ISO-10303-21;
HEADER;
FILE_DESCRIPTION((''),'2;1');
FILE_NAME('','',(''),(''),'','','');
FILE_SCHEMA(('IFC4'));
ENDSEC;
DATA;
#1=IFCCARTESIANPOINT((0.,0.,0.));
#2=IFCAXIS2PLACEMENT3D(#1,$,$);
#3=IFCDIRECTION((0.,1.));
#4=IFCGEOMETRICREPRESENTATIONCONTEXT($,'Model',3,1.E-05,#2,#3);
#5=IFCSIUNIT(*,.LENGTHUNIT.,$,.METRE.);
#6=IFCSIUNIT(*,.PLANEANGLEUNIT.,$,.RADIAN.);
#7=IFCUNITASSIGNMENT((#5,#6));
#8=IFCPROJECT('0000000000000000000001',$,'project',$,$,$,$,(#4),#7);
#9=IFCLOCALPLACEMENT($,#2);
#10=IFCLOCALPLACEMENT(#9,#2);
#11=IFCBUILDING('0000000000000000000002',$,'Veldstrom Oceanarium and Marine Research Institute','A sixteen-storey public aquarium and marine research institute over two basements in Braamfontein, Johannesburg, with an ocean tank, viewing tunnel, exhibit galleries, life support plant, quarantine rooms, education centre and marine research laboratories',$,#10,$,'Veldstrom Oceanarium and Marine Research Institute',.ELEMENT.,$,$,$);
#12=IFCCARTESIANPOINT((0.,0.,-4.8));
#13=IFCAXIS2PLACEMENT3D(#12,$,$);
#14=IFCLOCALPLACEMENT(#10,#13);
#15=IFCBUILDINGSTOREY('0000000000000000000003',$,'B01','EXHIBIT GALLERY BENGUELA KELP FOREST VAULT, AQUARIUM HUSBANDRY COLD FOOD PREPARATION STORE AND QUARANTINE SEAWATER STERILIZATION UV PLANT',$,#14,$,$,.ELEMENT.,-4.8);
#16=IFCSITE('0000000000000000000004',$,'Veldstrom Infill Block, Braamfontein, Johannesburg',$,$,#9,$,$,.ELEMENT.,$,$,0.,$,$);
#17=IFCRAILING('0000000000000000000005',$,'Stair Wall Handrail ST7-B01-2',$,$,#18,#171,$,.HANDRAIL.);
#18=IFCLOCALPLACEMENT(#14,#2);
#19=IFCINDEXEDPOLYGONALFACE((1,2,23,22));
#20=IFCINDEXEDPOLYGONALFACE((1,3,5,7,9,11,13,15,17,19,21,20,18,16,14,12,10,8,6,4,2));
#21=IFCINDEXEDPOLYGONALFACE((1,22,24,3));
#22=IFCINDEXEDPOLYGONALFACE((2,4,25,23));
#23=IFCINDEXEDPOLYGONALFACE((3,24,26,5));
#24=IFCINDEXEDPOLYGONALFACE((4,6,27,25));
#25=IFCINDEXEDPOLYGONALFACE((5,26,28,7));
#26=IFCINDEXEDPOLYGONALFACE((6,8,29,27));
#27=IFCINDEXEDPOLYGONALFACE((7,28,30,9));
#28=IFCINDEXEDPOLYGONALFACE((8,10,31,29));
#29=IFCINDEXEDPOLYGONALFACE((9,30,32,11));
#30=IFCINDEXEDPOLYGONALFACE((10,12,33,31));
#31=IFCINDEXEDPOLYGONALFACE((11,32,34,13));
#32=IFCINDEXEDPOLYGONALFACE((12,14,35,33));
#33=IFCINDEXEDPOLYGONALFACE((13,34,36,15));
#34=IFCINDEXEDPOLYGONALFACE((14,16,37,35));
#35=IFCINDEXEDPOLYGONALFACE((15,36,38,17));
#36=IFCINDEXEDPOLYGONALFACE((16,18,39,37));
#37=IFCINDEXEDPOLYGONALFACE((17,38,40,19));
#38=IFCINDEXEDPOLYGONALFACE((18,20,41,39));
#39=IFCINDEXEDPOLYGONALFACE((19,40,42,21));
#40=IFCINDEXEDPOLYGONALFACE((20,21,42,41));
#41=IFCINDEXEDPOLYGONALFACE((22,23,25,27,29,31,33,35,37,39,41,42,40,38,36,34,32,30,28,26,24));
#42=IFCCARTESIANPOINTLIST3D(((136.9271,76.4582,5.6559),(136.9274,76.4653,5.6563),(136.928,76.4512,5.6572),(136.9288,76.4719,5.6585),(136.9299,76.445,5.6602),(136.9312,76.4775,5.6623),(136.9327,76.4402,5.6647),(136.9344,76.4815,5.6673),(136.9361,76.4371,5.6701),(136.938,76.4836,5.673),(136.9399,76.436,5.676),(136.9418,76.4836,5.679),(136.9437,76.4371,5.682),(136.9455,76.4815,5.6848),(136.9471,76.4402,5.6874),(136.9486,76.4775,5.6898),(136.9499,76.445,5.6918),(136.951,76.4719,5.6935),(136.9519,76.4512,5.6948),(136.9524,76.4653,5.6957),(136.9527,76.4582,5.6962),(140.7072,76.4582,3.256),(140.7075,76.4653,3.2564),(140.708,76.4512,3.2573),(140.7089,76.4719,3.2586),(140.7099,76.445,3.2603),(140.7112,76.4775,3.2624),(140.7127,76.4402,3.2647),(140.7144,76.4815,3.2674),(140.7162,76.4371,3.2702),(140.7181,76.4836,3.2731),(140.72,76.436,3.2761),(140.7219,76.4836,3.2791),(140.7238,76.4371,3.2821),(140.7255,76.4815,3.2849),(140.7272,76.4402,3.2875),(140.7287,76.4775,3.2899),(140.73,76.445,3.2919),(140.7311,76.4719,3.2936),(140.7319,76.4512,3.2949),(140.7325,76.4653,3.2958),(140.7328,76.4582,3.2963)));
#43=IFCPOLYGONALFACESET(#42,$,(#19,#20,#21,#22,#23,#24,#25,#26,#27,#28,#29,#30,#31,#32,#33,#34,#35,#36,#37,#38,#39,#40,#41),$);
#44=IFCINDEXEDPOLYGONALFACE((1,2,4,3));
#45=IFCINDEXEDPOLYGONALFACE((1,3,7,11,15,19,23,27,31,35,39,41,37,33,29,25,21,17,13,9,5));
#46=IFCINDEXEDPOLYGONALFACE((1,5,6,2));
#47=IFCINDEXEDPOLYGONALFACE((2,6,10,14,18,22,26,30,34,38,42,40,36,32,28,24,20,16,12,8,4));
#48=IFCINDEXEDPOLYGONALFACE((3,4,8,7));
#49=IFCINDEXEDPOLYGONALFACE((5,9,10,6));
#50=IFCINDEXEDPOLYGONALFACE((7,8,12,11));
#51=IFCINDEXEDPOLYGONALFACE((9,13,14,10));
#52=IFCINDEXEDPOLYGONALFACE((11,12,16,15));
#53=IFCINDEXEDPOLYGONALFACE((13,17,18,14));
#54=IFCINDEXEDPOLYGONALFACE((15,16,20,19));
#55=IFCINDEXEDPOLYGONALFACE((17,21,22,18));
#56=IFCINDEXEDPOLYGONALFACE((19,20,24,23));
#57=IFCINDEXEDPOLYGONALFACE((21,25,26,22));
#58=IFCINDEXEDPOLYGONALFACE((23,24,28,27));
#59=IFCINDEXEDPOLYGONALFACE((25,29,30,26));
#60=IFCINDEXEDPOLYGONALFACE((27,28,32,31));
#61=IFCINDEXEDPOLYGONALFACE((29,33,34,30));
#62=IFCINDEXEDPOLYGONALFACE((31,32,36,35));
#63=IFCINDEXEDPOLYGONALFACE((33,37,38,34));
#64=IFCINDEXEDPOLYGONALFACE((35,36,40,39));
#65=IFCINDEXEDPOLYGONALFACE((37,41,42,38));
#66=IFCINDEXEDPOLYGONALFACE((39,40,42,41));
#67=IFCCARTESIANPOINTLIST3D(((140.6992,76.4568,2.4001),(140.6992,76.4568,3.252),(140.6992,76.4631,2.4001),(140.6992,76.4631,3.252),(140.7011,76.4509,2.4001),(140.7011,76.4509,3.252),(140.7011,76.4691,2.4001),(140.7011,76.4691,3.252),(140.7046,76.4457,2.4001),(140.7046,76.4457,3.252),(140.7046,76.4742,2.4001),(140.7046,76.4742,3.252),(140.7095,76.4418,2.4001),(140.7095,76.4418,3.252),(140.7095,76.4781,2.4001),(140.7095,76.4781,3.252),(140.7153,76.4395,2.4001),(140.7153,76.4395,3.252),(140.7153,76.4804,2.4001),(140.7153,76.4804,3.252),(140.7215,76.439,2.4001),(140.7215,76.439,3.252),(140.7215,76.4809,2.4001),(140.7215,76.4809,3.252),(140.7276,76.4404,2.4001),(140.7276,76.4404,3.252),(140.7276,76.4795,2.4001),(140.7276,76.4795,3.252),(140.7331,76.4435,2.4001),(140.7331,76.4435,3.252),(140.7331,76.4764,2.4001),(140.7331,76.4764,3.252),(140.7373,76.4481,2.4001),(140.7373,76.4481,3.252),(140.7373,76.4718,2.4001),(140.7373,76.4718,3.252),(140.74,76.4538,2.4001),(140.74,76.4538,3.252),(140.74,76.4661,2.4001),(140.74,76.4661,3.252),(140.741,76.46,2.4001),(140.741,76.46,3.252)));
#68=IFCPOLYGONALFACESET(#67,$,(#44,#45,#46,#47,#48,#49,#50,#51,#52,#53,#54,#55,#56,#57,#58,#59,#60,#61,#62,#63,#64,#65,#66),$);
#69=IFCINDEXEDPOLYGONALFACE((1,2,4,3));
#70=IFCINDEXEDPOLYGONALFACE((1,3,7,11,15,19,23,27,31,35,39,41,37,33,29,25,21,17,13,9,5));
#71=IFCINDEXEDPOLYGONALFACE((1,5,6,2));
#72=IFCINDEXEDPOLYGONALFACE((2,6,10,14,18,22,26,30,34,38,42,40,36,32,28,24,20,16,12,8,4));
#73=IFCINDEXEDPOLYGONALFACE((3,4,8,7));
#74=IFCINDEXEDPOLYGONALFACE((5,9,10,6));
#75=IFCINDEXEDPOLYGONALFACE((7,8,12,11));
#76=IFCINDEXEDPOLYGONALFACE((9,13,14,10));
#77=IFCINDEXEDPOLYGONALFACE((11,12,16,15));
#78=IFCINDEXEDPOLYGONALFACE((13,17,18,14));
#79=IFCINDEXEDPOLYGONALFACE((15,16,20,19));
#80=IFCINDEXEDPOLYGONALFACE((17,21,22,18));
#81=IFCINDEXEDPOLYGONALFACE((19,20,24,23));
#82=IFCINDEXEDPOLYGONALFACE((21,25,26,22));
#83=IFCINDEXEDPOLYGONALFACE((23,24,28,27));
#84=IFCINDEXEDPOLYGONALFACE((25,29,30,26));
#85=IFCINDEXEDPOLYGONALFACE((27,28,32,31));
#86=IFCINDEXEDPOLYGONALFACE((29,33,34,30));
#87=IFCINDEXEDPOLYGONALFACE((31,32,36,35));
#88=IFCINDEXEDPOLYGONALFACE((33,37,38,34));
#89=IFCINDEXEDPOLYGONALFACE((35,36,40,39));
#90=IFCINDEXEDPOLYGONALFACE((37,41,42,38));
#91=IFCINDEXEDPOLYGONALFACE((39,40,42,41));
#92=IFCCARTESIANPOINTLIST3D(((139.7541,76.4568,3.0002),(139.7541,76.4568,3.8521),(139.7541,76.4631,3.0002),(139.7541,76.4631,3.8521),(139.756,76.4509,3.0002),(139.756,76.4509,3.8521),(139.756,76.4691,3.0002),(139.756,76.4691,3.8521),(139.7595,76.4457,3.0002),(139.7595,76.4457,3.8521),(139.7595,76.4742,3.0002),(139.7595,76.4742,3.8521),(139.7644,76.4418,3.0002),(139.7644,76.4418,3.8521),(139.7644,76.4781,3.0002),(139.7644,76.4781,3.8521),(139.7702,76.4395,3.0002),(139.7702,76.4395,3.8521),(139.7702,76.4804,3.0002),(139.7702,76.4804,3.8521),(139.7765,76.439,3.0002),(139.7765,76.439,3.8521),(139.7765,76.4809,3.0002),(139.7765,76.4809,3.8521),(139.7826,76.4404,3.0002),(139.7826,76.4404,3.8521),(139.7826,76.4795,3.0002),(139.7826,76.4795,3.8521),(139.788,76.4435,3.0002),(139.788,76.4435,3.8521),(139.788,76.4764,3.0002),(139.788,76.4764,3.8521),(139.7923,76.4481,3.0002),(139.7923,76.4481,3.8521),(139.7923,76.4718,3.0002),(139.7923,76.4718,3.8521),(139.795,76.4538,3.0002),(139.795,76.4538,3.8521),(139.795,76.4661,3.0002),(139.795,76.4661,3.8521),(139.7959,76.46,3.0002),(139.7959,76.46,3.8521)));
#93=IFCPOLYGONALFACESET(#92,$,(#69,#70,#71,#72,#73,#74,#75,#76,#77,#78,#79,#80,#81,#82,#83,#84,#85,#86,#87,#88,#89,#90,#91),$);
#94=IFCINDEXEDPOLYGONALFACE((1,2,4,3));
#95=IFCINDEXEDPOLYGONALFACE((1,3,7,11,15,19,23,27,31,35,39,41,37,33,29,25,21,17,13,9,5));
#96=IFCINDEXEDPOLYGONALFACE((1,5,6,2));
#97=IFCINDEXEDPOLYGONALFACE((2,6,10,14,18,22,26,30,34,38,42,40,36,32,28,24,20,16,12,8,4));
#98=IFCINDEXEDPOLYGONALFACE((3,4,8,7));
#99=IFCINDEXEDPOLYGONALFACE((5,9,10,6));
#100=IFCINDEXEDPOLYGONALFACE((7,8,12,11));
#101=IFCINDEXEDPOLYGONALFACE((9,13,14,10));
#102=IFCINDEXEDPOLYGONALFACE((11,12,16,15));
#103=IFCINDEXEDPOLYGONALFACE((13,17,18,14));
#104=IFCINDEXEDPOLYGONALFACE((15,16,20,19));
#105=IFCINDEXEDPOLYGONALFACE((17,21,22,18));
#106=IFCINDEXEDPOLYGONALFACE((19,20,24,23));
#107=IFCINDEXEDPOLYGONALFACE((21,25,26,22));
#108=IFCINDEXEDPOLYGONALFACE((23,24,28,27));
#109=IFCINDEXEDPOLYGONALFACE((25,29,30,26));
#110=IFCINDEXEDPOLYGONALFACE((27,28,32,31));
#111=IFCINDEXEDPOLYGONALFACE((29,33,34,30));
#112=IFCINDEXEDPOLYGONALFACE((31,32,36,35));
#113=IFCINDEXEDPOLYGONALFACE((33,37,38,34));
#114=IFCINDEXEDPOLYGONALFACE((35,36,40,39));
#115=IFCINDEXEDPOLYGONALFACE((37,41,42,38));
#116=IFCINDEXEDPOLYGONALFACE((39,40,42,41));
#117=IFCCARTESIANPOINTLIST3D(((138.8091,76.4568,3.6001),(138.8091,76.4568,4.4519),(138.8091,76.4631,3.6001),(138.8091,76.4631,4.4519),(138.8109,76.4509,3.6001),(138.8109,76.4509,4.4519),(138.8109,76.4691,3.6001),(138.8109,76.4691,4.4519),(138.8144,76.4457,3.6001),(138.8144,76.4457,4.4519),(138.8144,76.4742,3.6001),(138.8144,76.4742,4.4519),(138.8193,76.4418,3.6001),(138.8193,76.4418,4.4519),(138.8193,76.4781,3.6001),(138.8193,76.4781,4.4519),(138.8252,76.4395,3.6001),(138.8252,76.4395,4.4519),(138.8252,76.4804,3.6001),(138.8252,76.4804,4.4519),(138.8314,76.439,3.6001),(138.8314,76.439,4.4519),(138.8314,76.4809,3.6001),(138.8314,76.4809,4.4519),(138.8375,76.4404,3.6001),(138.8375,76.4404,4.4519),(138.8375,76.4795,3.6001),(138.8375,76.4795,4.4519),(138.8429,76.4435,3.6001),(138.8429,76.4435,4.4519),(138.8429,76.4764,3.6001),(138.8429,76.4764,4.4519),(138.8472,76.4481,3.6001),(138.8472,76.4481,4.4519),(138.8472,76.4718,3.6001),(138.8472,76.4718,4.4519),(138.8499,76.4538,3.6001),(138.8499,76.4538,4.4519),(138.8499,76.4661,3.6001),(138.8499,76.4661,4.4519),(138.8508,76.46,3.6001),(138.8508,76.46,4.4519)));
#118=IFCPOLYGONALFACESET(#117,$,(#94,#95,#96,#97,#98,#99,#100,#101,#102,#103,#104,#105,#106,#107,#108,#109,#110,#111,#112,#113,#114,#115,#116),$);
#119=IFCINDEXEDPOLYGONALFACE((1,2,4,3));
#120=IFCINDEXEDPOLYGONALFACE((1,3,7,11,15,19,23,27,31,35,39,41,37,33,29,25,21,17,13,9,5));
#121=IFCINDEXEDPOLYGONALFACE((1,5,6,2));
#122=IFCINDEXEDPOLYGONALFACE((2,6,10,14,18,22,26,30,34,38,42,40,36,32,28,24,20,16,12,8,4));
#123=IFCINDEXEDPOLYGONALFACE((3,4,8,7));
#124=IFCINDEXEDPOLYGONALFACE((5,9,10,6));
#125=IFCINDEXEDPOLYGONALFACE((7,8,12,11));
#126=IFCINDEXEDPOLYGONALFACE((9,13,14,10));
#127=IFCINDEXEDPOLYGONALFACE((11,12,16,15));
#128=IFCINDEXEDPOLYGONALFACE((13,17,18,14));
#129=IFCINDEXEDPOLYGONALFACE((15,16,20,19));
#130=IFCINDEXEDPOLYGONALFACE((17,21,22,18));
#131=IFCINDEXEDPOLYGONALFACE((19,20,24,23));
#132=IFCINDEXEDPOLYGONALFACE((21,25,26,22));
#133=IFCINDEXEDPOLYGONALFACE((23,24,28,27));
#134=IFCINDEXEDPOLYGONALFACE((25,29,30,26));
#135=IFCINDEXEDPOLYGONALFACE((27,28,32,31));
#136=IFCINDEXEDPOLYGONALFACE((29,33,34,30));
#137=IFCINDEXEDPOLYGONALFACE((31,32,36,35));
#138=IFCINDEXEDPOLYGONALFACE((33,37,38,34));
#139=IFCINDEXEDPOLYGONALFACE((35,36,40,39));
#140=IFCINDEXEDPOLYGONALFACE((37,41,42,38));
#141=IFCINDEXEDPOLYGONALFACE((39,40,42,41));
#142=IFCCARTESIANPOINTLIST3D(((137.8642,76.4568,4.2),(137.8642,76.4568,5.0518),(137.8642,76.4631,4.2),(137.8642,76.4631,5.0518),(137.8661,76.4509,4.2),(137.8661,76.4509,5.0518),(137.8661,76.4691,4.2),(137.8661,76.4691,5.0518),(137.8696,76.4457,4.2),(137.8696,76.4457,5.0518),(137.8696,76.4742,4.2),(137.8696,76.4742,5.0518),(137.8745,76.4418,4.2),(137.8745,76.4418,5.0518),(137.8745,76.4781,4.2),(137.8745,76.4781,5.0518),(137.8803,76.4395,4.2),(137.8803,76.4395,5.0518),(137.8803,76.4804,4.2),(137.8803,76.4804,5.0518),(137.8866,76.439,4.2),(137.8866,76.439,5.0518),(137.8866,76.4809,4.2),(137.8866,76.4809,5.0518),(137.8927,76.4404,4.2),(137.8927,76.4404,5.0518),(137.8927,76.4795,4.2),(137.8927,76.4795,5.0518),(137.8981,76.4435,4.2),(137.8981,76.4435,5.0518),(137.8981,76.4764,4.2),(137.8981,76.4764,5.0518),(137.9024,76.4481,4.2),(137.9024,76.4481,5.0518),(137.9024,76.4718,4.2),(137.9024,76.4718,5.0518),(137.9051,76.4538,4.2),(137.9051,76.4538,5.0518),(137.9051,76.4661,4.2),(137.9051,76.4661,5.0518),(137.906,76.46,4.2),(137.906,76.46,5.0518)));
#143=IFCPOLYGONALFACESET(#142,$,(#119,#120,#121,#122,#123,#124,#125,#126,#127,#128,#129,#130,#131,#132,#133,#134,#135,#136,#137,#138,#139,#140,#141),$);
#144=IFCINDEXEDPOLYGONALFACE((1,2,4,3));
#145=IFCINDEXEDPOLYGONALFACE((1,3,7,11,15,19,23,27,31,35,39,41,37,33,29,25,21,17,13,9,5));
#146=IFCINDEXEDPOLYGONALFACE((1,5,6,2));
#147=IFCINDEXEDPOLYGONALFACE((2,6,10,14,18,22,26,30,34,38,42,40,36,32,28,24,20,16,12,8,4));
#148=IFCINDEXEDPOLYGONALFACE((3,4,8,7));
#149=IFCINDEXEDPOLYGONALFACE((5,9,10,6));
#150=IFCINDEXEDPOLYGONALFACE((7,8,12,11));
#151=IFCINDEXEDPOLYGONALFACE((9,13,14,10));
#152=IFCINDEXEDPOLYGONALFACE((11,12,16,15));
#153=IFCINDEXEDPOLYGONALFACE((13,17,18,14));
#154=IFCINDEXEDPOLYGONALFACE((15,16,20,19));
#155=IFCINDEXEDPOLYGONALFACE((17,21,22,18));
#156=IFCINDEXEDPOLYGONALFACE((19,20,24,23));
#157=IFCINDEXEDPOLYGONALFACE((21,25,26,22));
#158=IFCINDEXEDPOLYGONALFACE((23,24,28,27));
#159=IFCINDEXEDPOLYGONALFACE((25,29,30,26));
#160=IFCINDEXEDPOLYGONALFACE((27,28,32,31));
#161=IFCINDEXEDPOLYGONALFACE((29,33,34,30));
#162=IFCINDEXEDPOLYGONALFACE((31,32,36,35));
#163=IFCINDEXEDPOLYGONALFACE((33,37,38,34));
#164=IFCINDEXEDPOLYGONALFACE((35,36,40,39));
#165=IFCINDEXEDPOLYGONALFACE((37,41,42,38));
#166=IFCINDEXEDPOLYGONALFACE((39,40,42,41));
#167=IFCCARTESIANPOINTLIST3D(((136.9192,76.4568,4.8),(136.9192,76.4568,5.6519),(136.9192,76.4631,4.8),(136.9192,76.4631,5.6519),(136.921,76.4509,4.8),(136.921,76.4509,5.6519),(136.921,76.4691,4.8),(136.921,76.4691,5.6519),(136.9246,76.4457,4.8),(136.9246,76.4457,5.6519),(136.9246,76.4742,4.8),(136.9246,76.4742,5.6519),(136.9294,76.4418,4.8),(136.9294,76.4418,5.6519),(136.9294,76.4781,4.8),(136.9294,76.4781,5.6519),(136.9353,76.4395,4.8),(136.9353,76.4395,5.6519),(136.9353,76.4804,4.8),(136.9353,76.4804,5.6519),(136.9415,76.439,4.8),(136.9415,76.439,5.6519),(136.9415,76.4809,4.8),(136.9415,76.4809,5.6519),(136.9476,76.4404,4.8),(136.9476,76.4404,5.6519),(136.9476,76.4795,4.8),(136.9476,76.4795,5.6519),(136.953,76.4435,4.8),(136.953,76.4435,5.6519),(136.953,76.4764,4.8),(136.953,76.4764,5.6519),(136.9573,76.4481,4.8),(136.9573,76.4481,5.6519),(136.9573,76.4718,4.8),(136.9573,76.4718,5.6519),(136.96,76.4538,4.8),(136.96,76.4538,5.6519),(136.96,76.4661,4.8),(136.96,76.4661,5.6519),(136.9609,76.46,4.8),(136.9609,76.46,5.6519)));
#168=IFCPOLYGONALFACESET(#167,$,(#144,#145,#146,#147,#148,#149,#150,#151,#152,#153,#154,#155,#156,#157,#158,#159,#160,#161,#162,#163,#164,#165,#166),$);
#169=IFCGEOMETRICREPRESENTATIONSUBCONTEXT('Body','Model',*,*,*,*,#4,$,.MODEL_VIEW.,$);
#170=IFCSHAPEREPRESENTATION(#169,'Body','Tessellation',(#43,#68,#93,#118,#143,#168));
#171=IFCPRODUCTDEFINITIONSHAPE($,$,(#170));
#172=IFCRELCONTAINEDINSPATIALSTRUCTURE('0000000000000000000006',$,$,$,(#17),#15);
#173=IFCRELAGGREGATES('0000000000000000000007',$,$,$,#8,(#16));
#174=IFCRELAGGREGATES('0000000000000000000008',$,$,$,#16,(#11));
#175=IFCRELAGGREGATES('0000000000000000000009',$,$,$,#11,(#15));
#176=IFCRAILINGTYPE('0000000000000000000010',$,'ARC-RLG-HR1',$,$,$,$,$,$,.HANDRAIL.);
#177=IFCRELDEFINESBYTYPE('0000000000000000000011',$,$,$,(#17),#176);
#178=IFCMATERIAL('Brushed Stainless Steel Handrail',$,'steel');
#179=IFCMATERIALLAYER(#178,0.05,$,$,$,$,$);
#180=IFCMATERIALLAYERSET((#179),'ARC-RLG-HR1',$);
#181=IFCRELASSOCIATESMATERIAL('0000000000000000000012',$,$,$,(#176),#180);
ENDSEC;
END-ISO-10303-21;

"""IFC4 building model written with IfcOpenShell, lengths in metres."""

from ifc_helpers import new_model, si_unit, direction, frame, origin, origin_2d, place, context, subcontext, project, spatial, circle, extrude, material, layer, layer_set, type_object, element, save


model = new_model("IFC4")

# Units and contexts
model_context = context("Model", 3, precision=1e-05, world=origin(), true_north=direction((0.0, 1.0)))
body_context = subcontext(model_context, "Body", "Model", "MODEL_VIEW")
ifc_project = project(units=[si_unit("LENGTHUNIT", "METRE"), si_unit("PLANEANGLEUNIT", "RADIAN")], contexts=[model_context])

# Site, building, storey
site_placement = place(None, origin())
site = spatial("IfcSite", under=ifc_project, at=site_placement, Name="Veldstrom Infill Block, Braamfontein, Johannesburg", CompositionType="ELEMENT", RefElevation=0.0)
building_placement = place(site_placement, origin())
building = spatial("IfcBuilding", under=site, at=building_placement, Name="Veldstrom Oceanarium and Marine Research Institute", Description="A sixteen-storey public aquarium and marine research institute over two basements in Braamfontein, Johannesburg, with an ocean tank, viewing tunnel, exhibit galleries, life support plant, quarantine rooms, education centre and marine research laboratories", LongName="Veldstrom Oceanarium and Marine Research Institute", CompositionType="ELEMENT")
storey_placement = place(building_placement, frame((0.0, 0.0, -4.8)))
storey = spatial("IfcBuildingStorey", under=building, at=storey_placement, Name="B01", Description="EXHIBIT GALLERY BENGUELA KELP FOREST VAULT, AQUARIUM HUSBANDRY COLD FOOD PREPARATION STORE AND QUARANTINE SEAWATER STERILIZATION UV PLANT", CompositionType="ELEMENT", Elevation=-4.8)

# Railing
ifc_material_1 = material(Name="Brushed Stainless Steel Handrail", Category="steel")
ifc_layer_1 = layer(ifc_material_1, 0.05)
ifc_layer_set_1 = layer_set([ifc_layer_1], Name="ARC-RLG-HR1")
railing_type_1 = type_object("IfcRailingType", Name="ARC-RLG-HR1", PredefinedType="HANDRAIL", material=ifc_layer_set_1)
railing_1_placement = place(storey_placement, frame((140.72, 76.46, 2.4001)))
element("IfcRailing", 1, at=railing_1_placement, inside=storey, type_object=railing_type_1, Name="Stair Wall Handrail ST7-B01-2", PredefinedType="HANDRAIL", context=body_context, shape_type="SweptSolid", body=[
    extrude(circle(Radius=0.0239, at=origin_2d()), frame((0.0, 0.0, 0.876), z_axis=(-0.844225, 0.0, 0.53599), x_axis=(0.0, -1.0, 0.0)), (0.0, 0.0, 1.0), 4.4775),
    extrude(circle(Radius=0.021, at=origin_2d()), origin(), (0.0, 0.0, 1.0), 0.8518),
    extrude(circle(Radius=0.021, at=origin_2d()), frame((-0.9451, 0.0, 0.6001)), (0.0, 0.0, 1.0), 0.8518),
    extrude(circle(Radius=0.021, at=origin_2d()), frame((-1.8901, 0.0, 1.2)), (0.0, 0.0, 1.0), 0.8518),
    extrude(circle(Radius=0.021, at=origin_2d()), frame((-2.835, 0.0, 1.7998)), (0.0, 0.0, 1.0), 0.8518),
    extrude(circle(Radius=0.021, at=origin_2d()), frame((-3.78, 0.0, 2.3999)), (0.0, 0.0, 1.0), 0.8518),
])

save(model, "model.ifc")
